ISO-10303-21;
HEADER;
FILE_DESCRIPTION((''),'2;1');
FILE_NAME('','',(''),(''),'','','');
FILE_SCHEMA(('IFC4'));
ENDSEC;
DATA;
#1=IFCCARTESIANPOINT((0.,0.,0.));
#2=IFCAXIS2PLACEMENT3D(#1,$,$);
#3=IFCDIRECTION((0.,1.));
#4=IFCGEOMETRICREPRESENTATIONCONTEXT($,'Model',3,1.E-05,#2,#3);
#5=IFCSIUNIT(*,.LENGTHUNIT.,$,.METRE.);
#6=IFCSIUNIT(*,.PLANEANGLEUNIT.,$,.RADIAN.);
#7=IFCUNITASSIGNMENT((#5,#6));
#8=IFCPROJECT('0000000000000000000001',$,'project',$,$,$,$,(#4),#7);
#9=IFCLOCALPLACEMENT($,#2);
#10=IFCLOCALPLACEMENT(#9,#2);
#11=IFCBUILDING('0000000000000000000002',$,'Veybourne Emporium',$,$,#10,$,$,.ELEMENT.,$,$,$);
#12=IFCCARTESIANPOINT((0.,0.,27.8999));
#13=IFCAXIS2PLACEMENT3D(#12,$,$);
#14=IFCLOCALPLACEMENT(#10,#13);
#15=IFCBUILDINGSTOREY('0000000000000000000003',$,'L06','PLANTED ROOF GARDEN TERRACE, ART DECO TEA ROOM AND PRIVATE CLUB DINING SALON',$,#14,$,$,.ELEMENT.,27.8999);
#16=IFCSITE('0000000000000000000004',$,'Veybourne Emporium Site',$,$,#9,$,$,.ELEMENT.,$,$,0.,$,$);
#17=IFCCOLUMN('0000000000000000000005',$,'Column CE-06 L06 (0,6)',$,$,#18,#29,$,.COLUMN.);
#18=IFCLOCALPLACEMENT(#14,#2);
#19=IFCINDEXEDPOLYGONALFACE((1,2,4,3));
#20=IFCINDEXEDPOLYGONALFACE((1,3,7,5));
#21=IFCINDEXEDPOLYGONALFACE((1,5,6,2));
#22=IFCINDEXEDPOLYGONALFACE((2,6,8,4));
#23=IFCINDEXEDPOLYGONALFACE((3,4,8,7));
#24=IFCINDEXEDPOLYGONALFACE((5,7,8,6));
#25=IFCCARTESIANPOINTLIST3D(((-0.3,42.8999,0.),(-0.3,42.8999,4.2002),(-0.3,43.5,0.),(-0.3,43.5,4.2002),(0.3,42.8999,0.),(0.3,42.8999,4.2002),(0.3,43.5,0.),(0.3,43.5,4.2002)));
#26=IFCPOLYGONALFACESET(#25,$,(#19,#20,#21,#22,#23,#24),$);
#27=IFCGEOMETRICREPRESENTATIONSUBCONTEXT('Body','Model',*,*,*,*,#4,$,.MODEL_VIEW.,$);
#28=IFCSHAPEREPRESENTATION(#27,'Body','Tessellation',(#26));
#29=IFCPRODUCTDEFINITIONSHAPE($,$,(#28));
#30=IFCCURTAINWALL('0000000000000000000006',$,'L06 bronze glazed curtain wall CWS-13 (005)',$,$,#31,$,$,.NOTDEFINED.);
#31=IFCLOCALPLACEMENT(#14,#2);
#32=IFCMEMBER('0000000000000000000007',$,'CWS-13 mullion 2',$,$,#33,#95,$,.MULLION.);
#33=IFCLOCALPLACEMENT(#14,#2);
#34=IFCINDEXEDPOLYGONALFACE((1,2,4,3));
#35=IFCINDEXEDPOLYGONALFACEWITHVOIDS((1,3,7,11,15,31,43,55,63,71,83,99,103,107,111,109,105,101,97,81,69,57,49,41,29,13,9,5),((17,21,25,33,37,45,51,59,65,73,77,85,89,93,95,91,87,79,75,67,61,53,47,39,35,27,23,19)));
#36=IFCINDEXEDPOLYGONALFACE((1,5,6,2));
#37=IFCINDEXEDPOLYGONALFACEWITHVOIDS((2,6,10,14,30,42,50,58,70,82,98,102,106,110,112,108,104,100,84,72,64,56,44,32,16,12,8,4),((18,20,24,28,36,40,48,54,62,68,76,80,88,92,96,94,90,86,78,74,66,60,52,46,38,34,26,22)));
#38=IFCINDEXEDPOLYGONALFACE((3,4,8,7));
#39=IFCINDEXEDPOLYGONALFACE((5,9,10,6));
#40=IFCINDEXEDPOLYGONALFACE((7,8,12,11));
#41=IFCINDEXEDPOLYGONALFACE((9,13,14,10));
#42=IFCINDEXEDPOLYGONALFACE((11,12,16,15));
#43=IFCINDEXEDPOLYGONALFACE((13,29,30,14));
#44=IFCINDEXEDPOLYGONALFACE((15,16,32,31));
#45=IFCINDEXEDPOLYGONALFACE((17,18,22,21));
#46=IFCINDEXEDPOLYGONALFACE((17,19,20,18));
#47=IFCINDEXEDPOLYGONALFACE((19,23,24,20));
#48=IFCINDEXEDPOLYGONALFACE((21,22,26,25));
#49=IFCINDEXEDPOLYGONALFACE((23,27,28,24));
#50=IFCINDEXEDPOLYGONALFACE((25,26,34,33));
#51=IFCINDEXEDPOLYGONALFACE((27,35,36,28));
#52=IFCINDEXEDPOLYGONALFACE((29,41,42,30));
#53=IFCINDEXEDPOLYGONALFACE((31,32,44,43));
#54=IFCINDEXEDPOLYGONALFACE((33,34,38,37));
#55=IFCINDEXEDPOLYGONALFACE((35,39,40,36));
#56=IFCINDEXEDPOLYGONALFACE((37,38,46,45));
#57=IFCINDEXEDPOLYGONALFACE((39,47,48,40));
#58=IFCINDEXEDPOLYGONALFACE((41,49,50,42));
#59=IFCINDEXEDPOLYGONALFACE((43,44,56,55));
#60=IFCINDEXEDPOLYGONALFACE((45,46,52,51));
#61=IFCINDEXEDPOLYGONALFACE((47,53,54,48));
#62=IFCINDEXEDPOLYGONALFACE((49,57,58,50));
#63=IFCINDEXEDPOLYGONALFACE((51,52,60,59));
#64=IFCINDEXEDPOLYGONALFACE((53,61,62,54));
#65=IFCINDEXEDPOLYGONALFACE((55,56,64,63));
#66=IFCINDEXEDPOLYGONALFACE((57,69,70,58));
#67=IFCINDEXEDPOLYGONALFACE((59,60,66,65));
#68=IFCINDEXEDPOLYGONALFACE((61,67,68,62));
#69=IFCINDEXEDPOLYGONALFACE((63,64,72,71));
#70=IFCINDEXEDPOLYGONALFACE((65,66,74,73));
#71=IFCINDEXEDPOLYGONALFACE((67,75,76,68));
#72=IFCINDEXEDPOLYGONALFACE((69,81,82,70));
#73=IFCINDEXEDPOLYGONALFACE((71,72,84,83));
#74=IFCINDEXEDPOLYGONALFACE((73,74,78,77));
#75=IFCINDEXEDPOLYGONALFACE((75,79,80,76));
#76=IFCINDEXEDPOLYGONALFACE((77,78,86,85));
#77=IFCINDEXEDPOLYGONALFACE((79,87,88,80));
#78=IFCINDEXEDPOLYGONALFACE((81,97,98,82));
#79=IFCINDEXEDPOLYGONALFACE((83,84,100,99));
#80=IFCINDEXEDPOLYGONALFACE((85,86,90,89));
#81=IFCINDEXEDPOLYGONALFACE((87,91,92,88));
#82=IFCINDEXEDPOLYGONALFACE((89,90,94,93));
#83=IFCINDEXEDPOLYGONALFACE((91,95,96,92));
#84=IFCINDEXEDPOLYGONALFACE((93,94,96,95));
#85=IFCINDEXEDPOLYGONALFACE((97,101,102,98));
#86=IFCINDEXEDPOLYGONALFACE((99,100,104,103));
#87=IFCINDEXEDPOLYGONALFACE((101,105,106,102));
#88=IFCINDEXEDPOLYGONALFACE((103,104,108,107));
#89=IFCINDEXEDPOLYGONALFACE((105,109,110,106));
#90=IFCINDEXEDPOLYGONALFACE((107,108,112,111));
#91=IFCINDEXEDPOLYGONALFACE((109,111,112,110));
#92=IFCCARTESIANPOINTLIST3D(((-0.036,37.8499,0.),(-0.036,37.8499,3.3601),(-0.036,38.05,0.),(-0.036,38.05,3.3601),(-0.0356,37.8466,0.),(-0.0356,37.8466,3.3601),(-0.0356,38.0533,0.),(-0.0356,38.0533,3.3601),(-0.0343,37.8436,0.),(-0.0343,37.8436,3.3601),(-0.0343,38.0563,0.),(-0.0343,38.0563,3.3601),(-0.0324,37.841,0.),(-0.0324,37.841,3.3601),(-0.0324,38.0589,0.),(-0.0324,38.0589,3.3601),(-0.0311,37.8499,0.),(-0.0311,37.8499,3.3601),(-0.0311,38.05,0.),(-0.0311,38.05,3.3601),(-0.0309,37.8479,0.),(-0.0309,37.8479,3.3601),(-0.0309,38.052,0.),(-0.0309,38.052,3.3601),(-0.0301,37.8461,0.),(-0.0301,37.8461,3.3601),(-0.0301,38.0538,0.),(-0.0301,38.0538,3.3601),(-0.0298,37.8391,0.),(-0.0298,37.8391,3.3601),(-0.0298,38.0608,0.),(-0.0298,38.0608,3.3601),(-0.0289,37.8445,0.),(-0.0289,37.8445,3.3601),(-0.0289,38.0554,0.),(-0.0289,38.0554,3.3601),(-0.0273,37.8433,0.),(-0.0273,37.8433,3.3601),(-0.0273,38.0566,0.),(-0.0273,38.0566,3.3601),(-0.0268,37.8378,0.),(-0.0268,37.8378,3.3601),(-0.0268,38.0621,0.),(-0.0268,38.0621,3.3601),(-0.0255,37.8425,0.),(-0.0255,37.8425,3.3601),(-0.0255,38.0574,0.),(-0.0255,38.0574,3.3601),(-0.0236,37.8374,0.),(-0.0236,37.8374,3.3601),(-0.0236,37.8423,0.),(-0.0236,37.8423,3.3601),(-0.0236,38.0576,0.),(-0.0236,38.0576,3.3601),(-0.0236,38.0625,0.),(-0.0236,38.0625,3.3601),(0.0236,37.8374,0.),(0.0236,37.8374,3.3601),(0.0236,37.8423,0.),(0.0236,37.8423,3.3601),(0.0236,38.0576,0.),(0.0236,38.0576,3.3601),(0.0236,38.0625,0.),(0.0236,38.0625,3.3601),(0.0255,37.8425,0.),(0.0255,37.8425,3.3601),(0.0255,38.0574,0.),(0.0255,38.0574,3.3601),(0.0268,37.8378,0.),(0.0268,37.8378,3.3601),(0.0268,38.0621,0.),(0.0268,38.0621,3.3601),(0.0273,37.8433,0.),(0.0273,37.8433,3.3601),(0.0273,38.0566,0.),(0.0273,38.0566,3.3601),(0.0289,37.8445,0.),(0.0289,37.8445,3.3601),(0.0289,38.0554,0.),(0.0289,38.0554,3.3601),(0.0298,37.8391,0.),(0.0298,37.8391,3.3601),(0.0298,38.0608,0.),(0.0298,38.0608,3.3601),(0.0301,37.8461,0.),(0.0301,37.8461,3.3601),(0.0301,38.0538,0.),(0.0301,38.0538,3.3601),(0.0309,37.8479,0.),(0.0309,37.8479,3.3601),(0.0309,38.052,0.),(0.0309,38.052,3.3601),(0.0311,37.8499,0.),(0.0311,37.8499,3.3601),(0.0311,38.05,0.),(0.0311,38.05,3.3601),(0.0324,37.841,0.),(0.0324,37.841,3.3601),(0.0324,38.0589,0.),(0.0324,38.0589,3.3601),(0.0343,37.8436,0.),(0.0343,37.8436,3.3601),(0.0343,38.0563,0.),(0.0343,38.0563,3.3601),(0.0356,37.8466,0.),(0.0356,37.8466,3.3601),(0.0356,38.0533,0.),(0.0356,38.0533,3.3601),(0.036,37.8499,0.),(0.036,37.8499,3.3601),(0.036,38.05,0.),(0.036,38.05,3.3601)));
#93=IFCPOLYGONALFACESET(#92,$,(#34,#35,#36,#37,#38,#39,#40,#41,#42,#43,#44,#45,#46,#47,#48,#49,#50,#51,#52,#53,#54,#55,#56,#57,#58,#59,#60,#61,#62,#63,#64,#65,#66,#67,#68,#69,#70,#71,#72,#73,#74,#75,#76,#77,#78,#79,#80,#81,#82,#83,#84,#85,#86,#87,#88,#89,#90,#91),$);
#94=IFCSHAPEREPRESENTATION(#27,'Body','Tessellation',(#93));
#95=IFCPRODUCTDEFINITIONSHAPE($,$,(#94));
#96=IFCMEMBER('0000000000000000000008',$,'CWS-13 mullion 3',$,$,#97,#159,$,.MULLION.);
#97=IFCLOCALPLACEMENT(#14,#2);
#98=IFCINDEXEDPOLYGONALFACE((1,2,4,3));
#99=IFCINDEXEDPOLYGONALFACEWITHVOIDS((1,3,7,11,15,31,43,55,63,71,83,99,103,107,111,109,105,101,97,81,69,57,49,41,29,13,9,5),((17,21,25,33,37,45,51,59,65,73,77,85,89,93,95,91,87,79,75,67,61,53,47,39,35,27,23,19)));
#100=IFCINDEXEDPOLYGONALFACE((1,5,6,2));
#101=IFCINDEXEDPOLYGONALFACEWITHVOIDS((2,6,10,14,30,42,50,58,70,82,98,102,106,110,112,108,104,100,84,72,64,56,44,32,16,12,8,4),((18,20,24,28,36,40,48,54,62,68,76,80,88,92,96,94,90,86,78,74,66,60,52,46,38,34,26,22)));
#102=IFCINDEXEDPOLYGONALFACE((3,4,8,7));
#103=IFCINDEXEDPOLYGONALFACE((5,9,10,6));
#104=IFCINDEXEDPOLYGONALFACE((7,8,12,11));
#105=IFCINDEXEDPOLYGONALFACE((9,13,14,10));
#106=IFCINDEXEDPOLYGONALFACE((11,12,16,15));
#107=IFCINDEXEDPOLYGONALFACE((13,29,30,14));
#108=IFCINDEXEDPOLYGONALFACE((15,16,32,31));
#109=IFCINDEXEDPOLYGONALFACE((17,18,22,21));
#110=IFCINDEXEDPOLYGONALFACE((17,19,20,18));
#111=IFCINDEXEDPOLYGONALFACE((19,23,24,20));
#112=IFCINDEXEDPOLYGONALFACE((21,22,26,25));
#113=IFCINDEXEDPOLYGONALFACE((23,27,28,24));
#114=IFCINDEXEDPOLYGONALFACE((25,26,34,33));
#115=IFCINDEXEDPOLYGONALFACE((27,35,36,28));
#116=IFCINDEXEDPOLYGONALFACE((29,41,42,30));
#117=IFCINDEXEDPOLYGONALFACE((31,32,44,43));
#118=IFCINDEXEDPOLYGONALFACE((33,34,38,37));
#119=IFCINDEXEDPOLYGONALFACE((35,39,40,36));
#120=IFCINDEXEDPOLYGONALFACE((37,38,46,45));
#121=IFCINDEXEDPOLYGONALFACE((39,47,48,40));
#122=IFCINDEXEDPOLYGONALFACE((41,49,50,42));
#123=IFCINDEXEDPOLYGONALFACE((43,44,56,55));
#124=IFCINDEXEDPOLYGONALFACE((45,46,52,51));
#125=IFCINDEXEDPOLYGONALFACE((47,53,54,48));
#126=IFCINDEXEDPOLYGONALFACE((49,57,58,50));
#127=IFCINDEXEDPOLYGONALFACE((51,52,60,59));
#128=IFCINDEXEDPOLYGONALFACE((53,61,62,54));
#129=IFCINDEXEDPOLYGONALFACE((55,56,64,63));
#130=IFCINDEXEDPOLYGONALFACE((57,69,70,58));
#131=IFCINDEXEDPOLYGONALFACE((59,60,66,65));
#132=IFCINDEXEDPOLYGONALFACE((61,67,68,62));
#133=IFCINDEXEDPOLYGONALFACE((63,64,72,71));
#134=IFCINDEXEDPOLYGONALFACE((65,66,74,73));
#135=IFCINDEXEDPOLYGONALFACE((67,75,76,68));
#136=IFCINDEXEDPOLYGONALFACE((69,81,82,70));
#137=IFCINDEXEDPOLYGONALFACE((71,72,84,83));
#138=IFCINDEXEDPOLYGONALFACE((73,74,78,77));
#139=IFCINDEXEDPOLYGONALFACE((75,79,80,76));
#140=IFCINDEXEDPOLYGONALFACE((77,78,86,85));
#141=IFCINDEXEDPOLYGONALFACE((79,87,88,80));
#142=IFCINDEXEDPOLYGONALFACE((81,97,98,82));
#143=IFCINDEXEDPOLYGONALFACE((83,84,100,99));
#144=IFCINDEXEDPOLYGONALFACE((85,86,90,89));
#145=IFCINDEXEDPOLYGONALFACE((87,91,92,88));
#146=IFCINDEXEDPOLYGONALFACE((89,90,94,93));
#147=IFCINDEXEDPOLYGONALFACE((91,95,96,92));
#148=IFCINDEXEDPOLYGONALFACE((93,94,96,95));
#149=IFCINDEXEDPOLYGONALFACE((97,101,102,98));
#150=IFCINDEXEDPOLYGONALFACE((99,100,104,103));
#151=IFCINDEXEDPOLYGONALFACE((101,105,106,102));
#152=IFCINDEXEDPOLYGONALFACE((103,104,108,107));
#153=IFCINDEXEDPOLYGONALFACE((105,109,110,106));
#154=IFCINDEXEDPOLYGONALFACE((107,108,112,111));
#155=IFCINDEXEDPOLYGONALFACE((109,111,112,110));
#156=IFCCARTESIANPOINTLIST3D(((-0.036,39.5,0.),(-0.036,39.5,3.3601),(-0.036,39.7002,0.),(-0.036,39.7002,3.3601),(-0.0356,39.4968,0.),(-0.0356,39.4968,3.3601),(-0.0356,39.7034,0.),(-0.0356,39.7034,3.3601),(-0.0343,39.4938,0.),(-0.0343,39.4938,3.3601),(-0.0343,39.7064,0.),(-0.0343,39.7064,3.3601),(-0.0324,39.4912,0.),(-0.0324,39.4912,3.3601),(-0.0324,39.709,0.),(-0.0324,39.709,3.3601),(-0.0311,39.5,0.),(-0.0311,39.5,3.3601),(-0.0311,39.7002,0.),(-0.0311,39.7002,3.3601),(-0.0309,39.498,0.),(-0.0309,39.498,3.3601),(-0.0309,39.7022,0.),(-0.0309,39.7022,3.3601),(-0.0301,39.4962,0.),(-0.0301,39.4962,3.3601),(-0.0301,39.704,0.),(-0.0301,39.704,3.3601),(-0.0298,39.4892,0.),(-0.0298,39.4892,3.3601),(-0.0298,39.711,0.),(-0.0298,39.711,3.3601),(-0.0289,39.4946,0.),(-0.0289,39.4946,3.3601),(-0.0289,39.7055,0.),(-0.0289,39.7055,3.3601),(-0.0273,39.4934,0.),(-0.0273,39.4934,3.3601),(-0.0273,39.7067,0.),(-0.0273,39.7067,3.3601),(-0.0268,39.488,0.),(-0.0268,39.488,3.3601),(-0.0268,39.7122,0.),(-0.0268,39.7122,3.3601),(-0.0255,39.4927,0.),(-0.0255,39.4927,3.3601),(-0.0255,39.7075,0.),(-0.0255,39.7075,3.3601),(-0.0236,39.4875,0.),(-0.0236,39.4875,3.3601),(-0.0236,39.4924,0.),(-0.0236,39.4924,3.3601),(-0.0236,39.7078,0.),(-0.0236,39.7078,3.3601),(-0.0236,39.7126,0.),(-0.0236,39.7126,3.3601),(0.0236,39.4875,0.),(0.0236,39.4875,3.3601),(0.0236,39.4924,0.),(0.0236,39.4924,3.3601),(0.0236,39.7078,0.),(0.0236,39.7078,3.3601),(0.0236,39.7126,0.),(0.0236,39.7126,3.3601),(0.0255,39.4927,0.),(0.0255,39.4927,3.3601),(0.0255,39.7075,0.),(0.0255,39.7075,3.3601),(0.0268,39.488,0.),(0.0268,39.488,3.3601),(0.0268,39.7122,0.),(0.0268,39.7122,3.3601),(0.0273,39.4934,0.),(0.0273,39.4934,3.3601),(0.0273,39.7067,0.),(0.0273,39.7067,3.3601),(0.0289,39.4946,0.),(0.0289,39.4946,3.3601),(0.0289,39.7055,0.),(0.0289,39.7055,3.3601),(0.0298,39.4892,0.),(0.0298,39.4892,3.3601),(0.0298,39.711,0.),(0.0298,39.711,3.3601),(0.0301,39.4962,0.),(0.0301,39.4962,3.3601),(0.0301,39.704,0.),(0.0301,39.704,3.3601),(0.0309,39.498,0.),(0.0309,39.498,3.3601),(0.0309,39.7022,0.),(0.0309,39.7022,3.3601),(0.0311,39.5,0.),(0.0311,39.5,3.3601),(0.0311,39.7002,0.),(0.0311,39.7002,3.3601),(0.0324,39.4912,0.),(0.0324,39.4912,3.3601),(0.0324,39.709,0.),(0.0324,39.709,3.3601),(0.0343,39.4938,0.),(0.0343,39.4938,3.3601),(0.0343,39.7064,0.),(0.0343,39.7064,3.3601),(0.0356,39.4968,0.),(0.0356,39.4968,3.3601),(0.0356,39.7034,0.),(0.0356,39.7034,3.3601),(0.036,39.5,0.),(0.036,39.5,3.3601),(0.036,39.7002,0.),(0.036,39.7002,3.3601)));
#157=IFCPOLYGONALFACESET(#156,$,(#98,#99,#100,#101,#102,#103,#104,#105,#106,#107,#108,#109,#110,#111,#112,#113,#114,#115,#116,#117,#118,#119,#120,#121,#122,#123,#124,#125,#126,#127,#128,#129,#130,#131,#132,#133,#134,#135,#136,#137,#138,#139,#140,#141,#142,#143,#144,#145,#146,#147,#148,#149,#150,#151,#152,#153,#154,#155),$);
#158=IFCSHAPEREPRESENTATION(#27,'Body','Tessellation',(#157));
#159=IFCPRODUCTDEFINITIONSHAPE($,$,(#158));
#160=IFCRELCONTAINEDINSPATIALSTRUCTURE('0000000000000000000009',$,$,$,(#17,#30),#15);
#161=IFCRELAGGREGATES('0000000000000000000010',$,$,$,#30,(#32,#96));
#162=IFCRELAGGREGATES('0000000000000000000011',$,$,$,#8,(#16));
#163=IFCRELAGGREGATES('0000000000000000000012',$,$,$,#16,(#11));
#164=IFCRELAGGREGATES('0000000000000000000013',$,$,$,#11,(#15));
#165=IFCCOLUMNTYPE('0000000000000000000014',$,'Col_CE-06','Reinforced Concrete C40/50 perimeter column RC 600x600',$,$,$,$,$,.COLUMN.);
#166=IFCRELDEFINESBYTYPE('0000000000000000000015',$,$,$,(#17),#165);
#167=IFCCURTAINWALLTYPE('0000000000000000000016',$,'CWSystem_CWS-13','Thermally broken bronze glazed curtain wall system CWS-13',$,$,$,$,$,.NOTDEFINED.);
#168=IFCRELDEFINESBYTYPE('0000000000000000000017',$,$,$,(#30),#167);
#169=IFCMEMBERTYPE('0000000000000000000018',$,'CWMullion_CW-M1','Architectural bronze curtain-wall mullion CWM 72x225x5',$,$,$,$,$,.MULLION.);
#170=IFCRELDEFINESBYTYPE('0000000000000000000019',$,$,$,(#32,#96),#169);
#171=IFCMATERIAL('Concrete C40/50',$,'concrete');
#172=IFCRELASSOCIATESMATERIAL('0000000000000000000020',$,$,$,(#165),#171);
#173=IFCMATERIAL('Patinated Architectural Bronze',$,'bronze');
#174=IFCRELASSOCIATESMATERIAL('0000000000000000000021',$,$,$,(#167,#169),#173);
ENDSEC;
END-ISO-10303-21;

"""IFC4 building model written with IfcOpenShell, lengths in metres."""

from ifc_helpers import new_model, si_unit, direction, frame, origin, origin_2d, place, context, subcontext, project, spatial, rectangle, hollow_rectangle, extrude, material, material_profile, profile_set, type_object, element, aggregate, save


model = new_model("IFC4")

# Units and contexts
model_context = context("Model", 3, precision=1e-05, world=origin(), true_north=direction((0.0, 1.0)))
body_context = subcontext(model_context, "Body", "Model", "MODEL_VIEW")
ifc_project = project(units=[si_unit("LENGTHUNIT", "METRE"), si_unit("PLANEANGLEUNIT", "RADIAN")], contexts=[model_context])

# Site, building, storey
site_placement = place(None, origin())
site = spatial("IfcSite", under=ifc_project, at=site_placement, Name="Veybourne Emporium Site", CompositionType="ELEMENT", RefElevation=0.0)
building_placement = place(site_placement, origin())
building = spatial("IfcBuilding", under=site, at=building_placement, Name="Veybourne Emporium", CompositionType="ELEMENT")
storey_placement = place(building_placement, frame((0.0, 0.0, 27.8999)))
storey = spatial("IfcBuildingStorey", under=building, at=storey_placement, Name="L06", Description="PLANTED ROOF GARDEN TERRACE, ART DECO TEA ROOM AND PRIVATE CLUB DINING SALON", CompositionType="ELEMENT", Elevation=27.8999)

# Column
ifc_material_1 = material(Name="Concrete C40/50", Category="concrete")
ifc_material_profile_1 = material_profile(ifc_material_1, rectangle(XDim=0.6001, YDim=0.6001, at=origin_2d()), Name="RC 600x600")
ifc_profile_set_1 = profile_set([ifc_material_profile_1], Name="Concrete C40/50")
column_type = type_object("IfcColumnType", Name="Col_CE-06", Description="Reinforced Concrete C40/50 perimeter column RC 600x600", PredefinedType="COLUMN", material=ifc_profile_set_1)
column_placement = place(storey_placement, frame((0.0, 43.2, 0.0), z_axis=(0.0, 0.0, 1.0), x_axis=(1.0, 0.0, 0.0)))
element("IfcColumn", 1, at=column_placement, inside=storey, type_object=column_type, Name="Column CE-06 L06 (0,6)", PredefinedType="COLUMN", context=body_context, shape_type="SweptSolid", body=[
    extrude(rectangle(XDim=0.6001, YDim=0.6001, at=origin_2d()), origin(), (0.0, 0.0, 1.0), 4.2002),
])

# Curtain wall, members
ifc_material_2 = material(Name="Patinated Architectural Bronze", Category="bronze")
curtain_wall_type_1 = type_object("IfcCurtainWallType", Name="CWSystem_CWS-13", Description="Thermally broken bronze glazed curtain wall system CWS-13", PredefinedType="NOTDEFINED", material=ifc_material_2)
curtain_wall_1_placement = place(storey_placement, origin())
curtain_wall_1 = element("IfcCurtainWall", 2, at=curtain_wall_1_placement, inside=storey, type_object=curtain_wall_type_1, Name="L06 bronze glazed curtain wall CWS-13 (005)", PredefinedType="NOTDEFINED")
ifc_material_profile_2 = material_profile(ifc_material_2, hollow_rectangle(XDim=0.072, YDim=0.2251, WallThickness=0.0049, InnerFilletRadius=0.0076, OuterFilletRadius=0.0125, at=origin_2d()), Name="CWM 72x225x5")
ifc_profile_set_2 = profile_set([ifc_material_profile_2], Name="Patinated Architectural Bronze")
member_type_1 = type_object("IfcMemberType", Name="CWMullion_CW-M1", Description="Architectural bronze curtain-wall mullion CWM 72x225x5", PredefinedType="MULLION", material=ifc_profile_set_2)
member_1_placement = place(storey_placement, frame((0.0, 37.95, 0.0), z_axis=(0.0, 0.0, 1.0), x_axis=(-1.0, 0.0, 0.0)))
member_1 = element("IfcMember", 3, at=member_1_placement, type_object=member_type_1, Name="CWS-13 mullion 2", PredefinedType="MULLION", context=body_context, shape_type="SweptSolid", body=[
    extrude(hollow_rectangle(XDim=0.072, YDim=0.2251, WallThickness=0.0049, InnerFilletRadius=0.0076, OuterFilletRadius=0.0125, at=origin_2d()), origin(), (0.0, 0.0, 1.0), 3.3601),
])
member_2_placement = place(storey_placement, frame((0.0, 39.6001, 0.0), z_axis=(0.0, 0.0, 1.0), x_axis=(-1.0, 0.0, 0.0)))
member_2 = element("IfcMember", 4, at=member_2_placement, type_object=member_type_1, Name="CWS-13 mullion 3", PredefinedType="MULLION", context=body_context, shape_type="SweptSolid", body=[
    extrude(hollow_rectangle(XDim=0.072, YDim=0.2251, WallThickness=0.0049, InnerFilletRadius=0.0076, OuterFilletRadius=0.0125, at=origin_2d()), origin(), (0.0, 0.0, 1.0), 3.3601),
])

aggregate(curtain_wall_1, [member_1, member_2])

save(model, "model.ifc")
